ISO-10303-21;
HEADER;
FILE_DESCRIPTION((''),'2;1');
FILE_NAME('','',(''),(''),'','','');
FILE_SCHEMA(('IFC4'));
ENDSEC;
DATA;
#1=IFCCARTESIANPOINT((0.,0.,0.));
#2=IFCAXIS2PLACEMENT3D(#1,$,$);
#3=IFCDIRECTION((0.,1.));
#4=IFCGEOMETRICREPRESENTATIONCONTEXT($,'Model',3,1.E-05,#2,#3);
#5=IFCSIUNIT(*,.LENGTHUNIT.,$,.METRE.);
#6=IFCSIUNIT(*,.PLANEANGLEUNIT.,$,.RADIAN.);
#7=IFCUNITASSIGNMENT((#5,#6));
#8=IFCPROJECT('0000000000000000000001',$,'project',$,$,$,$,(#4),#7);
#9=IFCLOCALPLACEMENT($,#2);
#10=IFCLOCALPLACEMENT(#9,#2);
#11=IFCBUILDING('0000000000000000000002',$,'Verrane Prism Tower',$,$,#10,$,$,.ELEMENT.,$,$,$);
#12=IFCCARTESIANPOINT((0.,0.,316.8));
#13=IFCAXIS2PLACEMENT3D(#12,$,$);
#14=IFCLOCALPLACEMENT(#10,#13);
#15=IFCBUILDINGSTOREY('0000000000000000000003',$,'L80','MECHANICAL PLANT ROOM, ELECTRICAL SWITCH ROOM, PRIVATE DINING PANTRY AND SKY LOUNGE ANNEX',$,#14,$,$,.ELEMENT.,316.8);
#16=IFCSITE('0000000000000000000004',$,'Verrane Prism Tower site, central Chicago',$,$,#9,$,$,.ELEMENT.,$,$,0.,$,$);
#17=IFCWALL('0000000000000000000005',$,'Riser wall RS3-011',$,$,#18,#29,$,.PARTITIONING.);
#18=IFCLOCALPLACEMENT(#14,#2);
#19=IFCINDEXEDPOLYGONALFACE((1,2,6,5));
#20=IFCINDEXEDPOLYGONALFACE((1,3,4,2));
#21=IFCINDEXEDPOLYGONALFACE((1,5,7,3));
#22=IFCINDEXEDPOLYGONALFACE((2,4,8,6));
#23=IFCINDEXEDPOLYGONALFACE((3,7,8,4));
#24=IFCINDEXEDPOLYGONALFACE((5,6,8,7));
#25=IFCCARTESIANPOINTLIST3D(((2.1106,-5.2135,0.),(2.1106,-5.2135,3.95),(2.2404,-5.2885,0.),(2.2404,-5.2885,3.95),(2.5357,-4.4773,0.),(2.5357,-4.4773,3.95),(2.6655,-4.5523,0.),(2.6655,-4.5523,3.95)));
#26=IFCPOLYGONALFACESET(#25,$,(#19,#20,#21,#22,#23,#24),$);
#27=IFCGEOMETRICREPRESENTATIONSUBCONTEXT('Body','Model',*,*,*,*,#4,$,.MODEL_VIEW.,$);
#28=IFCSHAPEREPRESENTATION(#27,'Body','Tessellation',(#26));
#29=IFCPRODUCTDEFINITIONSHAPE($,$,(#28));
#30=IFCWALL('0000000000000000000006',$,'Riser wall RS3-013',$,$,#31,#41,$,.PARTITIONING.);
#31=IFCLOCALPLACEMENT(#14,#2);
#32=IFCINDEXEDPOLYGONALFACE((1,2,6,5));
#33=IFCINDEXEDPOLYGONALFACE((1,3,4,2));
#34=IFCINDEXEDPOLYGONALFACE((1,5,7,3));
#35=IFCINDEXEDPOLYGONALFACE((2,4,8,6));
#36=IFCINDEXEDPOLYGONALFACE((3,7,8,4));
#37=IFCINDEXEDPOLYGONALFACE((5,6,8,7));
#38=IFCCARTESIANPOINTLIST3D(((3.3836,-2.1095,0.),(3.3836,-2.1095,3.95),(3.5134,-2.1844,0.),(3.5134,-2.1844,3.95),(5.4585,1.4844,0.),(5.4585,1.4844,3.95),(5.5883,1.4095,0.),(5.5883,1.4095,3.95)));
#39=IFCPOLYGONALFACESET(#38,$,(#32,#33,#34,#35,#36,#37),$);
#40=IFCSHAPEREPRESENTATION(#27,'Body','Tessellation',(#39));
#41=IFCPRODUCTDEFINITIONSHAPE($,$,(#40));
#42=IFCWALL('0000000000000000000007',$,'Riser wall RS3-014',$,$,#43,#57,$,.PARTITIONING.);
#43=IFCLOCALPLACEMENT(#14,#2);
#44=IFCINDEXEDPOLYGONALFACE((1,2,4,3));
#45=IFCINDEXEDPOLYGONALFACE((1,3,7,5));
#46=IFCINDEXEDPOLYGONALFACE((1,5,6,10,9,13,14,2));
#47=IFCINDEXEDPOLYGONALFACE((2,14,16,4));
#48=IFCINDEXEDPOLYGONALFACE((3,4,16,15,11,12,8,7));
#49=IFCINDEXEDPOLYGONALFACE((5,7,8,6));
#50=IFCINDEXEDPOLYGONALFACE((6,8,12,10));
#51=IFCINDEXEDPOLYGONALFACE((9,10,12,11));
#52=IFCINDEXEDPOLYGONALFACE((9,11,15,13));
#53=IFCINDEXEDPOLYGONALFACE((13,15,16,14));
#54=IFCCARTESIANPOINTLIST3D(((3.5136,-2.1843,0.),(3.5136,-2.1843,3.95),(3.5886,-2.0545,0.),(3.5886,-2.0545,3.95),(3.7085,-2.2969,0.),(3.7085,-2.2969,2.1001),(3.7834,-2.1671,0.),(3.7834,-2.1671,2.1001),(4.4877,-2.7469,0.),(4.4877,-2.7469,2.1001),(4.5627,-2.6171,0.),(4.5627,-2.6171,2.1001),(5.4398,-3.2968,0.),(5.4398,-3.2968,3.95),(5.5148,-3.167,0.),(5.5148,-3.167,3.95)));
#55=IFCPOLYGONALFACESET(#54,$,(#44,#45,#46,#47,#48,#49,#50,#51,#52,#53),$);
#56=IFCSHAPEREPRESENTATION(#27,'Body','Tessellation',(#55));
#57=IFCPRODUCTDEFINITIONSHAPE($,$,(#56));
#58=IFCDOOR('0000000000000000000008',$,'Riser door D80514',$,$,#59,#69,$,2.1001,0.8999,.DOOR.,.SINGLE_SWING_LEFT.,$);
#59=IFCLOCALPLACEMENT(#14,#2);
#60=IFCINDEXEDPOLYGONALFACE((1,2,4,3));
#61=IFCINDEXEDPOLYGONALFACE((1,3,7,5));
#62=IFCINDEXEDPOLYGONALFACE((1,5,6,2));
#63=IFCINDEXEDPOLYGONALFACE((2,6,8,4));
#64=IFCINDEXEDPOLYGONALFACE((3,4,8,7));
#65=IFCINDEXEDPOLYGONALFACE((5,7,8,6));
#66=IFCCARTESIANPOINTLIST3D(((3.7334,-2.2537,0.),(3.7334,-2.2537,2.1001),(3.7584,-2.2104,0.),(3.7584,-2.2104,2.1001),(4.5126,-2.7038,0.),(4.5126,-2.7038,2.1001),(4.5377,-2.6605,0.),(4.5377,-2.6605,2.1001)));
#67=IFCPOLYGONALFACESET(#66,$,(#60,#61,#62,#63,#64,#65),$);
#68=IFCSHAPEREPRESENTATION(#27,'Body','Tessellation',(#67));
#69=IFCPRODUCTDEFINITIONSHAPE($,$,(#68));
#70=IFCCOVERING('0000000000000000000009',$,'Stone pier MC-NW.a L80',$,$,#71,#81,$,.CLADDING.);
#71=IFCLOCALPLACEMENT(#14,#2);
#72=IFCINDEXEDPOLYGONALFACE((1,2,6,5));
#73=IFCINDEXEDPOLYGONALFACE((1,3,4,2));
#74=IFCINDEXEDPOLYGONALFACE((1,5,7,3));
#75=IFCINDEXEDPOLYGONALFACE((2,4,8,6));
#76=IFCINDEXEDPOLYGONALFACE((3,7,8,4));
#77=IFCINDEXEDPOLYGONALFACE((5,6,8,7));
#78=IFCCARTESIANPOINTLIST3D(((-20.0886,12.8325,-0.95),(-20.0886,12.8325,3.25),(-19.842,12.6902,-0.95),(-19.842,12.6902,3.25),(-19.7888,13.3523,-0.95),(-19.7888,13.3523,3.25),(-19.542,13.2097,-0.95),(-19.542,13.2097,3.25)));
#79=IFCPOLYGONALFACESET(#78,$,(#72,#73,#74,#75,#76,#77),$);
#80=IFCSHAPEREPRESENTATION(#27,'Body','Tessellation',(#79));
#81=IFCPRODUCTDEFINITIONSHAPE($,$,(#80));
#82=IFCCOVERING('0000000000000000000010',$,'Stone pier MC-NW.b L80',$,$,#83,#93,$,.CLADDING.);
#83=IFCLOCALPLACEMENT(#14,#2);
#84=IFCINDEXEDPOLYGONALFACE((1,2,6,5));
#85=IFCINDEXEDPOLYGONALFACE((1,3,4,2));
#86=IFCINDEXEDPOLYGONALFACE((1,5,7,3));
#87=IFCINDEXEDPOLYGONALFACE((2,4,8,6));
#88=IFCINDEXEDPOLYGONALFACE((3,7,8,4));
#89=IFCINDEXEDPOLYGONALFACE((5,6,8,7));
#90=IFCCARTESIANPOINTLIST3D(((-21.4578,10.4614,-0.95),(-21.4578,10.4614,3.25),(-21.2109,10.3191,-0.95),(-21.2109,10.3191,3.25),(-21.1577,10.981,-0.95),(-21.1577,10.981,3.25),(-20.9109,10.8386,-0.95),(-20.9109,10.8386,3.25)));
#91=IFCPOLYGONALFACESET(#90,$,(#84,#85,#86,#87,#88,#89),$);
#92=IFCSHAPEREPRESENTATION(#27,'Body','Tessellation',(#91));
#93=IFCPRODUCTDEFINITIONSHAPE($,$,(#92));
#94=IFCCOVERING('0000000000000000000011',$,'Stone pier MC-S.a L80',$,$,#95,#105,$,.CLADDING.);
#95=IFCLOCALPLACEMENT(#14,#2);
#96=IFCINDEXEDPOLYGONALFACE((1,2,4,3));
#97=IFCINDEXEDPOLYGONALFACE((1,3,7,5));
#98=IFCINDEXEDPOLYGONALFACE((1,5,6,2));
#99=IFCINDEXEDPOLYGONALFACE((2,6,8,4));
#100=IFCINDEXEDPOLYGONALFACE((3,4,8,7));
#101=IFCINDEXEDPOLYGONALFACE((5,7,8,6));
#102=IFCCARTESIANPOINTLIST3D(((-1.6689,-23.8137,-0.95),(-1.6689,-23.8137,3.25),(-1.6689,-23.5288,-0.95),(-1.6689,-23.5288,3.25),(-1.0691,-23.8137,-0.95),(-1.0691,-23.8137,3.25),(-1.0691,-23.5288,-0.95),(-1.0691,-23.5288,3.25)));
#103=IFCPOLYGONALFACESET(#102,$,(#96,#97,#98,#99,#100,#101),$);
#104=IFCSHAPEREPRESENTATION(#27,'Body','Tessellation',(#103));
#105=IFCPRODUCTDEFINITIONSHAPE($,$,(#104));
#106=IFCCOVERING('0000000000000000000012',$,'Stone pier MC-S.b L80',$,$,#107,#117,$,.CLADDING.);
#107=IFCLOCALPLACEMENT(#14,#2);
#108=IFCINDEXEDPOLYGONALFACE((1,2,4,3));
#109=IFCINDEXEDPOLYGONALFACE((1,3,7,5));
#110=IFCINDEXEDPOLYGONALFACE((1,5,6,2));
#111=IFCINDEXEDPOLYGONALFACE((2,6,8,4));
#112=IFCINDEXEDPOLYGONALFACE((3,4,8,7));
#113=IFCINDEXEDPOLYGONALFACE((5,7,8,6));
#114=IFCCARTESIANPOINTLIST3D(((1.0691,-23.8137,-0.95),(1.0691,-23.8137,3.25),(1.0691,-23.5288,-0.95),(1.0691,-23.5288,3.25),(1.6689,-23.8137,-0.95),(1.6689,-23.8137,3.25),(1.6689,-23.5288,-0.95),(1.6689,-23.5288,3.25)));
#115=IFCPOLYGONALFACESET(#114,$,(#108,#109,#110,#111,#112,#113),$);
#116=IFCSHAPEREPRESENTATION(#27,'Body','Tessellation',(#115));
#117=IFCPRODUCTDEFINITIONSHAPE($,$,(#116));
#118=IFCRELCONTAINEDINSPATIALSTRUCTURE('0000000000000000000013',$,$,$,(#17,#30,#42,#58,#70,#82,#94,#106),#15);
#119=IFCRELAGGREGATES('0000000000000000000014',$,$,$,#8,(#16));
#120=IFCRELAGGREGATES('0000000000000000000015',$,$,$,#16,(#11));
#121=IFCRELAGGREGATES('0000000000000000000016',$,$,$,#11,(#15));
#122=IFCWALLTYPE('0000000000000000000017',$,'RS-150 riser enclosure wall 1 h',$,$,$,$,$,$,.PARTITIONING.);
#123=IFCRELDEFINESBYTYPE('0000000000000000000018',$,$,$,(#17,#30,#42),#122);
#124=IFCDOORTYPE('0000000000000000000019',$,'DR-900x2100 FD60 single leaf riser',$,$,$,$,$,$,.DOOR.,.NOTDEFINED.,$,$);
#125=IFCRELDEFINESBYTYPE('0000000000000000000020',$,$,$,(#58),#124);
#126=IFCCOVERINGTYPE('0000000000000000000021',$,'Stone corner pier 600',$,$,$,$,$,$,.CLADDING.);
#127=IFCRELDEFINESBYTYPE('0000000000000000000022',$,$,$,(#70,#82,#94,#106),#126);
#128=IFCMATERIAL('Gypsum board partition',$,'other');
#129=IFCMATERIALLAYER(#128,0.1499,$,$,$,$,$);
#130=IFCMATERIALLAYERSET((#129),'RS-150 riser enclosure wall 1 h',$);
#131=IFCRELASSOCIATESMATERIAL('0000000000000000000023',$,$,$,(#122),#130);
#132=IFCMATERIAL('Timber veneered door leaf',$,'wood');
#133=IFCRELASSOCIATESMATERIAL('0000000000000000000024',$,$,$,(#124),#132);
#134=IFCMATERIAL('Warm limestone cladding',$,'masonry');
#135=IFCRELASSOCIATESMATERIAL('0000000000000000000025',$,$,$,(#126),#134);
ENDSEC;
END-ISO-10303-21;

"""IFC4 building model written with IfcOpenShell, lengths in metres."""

from ifc_helpers import new_model, si_unit, direction, frame, frame_2d, origin, place, context, subcontext, project, spatial, polyline, rectangle, outline, extrude, material, layer, layer_set, type_object, element, fill, save


model = new_model("IFC4")

# Units and contexts
model_context = context("Model", 3, precision=1e-05, world=origin(), true_north=direction((0.0, 1.0)))
body_context = subcontext(model_context, "Body", "Model", "MODEL_VIEW")
ifc_project = project(units=[si_unit("LENGTHUNIT", "METRE"), si_unit("PLANEANGLEUNIT", "RADIAN")], contexts=[model_context])

# Site, building, storey
site_placement = place(None, origin())
site = spatial("IfcSite", under=ifc_project, at=site_placement, Name="Verrane Prism Tower site, central Chicago", CompositionType="ELEMENT", RefElevation=0.0)
building_placement = place(site_placement, origin())
building = spatial("IfcBuilding", under=site, at=building_placement, Name="Verrane Prism Tower", CompositionType="ELEMENT")
storey_placement = place(building_placement, frame((0.0, 0.0, 316.8)))
storey = spatial("IfcBuildingStorey", under=building, at=storey_placement, Name="L80", Description="MECHANICAL PLANT ROOM, ELECTRICAL SWITCH ROOM, PRIVATE DINING PANTRY AND SKY LOUNGE ANNEX", CompositionType="ELEMENT", Elevation=316.8)

# Walls
ifc_material_1 = material(Name="Gypsum board partition", Category="other")
ifc_layer_1 = layer(ifc_material_1, 0.1499)
ifc_layer_set_1 = layer_set([ifc_layer_1], Name="RS-150 riser enclosure wall 1 h")
wall_type_1 = type_object("IfcWallType", Name="RS-150 riser enclosure wall 1 h", PredefinedType="PARTITIONING", material=ifc_layer_set_1)
wall_1_placement = place(storey_placement, frame((2.1755, -5.251, 0.0), z_axis=(0.0, 0.0, 1.0), x_axis=(0.500062, 0.865989, 0.0)))
element("IfcWall", 1, at=wall_1_placement, inside=storey, type_object=wall_type_1, Name="Riser wall RS3-011", PredefinedType="PARTITIONING", context=body_context, shape_type="SweptSolid", body=[
    extrude(rectangle(XDim=0.8501, YDim=0.1499, at=frame_2d((0.425, 0.0))), origin(), (0.0, 0.0, 1.0), 3.95),
])
wall_2_placement = place(storey_placement, frame((3.4485, -2.147, 0.0), z_axis=(0.0, 0.0, 1.0), x_axis=(0.499992, 0.86603, 0.0)))
element("IfcWall", 2, at=wall_2_placement, inside=storey, type_object=wall_type_1, Name="Riser wall RS3-013", PredefinedType="PARTITIONING", context=body_context, shape_type="SweptSolid", body=[
    extrude(rectangle(XDim=4.1499, YDim=0.1499, at=frame_2d((2.075, 0.0))), origin(), (0.0, 0.0, 1.0), 3.95),
])

# Wall, opening, door
wall_3_placement = place(storey_placement, frame((3.551, -2.1194, 0.0), z_axis=(0.0, 0.0, 1.0), x_axis=(0.865944, -0.50014, 0.0)))
wall_3 = element("IfcWall", 3, at=wall_3_placement, inside=storey, type_object=wall_type_1, Name="Riser wall RS3-014", PredefinedType="PARTITIONING", context=body_context, shape_type="SweptSolid", body=[
    extrude(rectangle(XDim=2.2244, YDim=0.1499, at=frame_2d((1.1123, 0.0))), origin(), (0.0, 0.0, 1.0), 3.95),
])
opening_placement = place(wall_3_placement, frame((0.2251, 0.0, 0.0)))
opening = element("IfcOpeningElement", 4, at=opening_placement, cuts=wall_3, PredefinedType="OPENING", context=body_context, shape_type="SweptSolid", body=[
    extrude(rectangle(XDim=0.8999, YDim=2.1001, at=frame_2d((0.45, 1.05))), frame((0.0, 0.085, 0.0), z_axis=(0.0, -1.0, 0.0), x_axis=(1.0, 0.0, 0.0)), (0.0, 0.0, 1.0), 0.1699),
])
ifc_material_2 = material(Name="Timber veneered door leaf", Category="wood")
door_type = type_object("IfcDoorType", Name="DR-900x2100 FD60 single leaf riser", OperationType="NOTDEFINED", PredefinedType="DOOR", material=ifc_material_2)
door_placement = place(opening_placement, origin())
door = element("IfcDoor", 5, at=door_placement, inside=storey, type_object=door_type, Name="Riser door D80514", OperationType="SINGLE_SWING_LEFT", OverallHeight=2.1001, OverallWidth=0.8999, PredefinedType="DOOR", context=body_context, shape_type="SweptSolid", body=[
    extrude(rectangle(XDim=0.8999, YDim=2.1001, at=frame_2d((0.45, 1.05))), frame((0.0, 0.0249, 0.0), z_axis=(0.0, -1.0, 0.0), x_axis=(1.0, 0.0, 0.0)), (0.0, 0.0, 1.0), 0.05),
])
fill(opening, door)

# Coverings
ifc_material_3 = material(Name="Warm limestone cladding", Category="masonry")
covering_type_1 = type_object("IfcCoveringType", Name="Stone corner pier 600", PredefinedType="CLADDING", material=ifc_material_3)
covering_1_placement = place(storey_placement, frame((0.0, 0.0, -0.95)))
element("IfcCovering", 6, at=covering_1_placement, inside=storey, type_object=covering_type_1, Name="Stone pier MC-NW.a L80", PredefinedType="CLADDING", context=body_context, shape_type="SweptSolid", body=[
    extrude(outline(polyline([(-19.842, 12.6902), (-19.542, 13.2097), (-19.7888, 13.3523), (-20.0886, 12.8325), (-19.842, 12.6902)])), origin(), (0.0, 0.0, 1.0), 4.2),
])
covering_2_placement = place(storey_placement, frame((0.0, 0.0, -0.95)))
element("IfcCovering", 7, at=covering_2_placement, inside=storey, type_object=covering_type_1, Name="Stone pier MC-NW.b L80", PredefinedType="CLADDING", context=body_context, shape_type="SweptSolid", body=[
    extrude(outline(polyline([(-21.2109, 10.3191), (-20.9109, 10.8386), (-21.1577, 10.981), (-21.4578, 10.4614), (-21.2109, 10.3191)])), origin(), (0.0, 0.0, 1.0), 4.2),
])
covering_3_placement = place(storey_placement, frame((0.0, 0.0, -0.95)))
element("IfcCovering", 8, at=covering_3_placement, inside=storey, type_object=covering_type_1, Name="Stone pier MC-S.a L80", PredefinedType="CLADDING", context=body_context, shape_type="SweptSolid", body=[
    extrude(outline(polyline([(-1.0691, -23.5288), (-1.6689, -23.5288), (-1.6689, -23.8137), (-1.0691, -23.8137), (-1.0691, -23.5288)])), origin(), (0.0, 0.0, 1.0), 4.2),
])
covering_4_placement = place(storey_placement, frame((0.0, 0.0, -0.95)))
element("IfcCovering", 9, at=covering_4_placement, inside=storey, type_object=covering_type_1, Name="Stone pier MC-S.b L80", PredefinedType="CLADDING", context=body_context, shape_type="SweptSolid", body=[
    extrude(outline(polyline([(1.6689, -23.5288), (1.0691, -23.5288), (1.0691, -23.8137), (1.6689, -23.8137), (1.6689, -23.5288)])), origin(), (0.0, 0.0, 1.0), 4.2),
])

save(model, "model.ifc")
